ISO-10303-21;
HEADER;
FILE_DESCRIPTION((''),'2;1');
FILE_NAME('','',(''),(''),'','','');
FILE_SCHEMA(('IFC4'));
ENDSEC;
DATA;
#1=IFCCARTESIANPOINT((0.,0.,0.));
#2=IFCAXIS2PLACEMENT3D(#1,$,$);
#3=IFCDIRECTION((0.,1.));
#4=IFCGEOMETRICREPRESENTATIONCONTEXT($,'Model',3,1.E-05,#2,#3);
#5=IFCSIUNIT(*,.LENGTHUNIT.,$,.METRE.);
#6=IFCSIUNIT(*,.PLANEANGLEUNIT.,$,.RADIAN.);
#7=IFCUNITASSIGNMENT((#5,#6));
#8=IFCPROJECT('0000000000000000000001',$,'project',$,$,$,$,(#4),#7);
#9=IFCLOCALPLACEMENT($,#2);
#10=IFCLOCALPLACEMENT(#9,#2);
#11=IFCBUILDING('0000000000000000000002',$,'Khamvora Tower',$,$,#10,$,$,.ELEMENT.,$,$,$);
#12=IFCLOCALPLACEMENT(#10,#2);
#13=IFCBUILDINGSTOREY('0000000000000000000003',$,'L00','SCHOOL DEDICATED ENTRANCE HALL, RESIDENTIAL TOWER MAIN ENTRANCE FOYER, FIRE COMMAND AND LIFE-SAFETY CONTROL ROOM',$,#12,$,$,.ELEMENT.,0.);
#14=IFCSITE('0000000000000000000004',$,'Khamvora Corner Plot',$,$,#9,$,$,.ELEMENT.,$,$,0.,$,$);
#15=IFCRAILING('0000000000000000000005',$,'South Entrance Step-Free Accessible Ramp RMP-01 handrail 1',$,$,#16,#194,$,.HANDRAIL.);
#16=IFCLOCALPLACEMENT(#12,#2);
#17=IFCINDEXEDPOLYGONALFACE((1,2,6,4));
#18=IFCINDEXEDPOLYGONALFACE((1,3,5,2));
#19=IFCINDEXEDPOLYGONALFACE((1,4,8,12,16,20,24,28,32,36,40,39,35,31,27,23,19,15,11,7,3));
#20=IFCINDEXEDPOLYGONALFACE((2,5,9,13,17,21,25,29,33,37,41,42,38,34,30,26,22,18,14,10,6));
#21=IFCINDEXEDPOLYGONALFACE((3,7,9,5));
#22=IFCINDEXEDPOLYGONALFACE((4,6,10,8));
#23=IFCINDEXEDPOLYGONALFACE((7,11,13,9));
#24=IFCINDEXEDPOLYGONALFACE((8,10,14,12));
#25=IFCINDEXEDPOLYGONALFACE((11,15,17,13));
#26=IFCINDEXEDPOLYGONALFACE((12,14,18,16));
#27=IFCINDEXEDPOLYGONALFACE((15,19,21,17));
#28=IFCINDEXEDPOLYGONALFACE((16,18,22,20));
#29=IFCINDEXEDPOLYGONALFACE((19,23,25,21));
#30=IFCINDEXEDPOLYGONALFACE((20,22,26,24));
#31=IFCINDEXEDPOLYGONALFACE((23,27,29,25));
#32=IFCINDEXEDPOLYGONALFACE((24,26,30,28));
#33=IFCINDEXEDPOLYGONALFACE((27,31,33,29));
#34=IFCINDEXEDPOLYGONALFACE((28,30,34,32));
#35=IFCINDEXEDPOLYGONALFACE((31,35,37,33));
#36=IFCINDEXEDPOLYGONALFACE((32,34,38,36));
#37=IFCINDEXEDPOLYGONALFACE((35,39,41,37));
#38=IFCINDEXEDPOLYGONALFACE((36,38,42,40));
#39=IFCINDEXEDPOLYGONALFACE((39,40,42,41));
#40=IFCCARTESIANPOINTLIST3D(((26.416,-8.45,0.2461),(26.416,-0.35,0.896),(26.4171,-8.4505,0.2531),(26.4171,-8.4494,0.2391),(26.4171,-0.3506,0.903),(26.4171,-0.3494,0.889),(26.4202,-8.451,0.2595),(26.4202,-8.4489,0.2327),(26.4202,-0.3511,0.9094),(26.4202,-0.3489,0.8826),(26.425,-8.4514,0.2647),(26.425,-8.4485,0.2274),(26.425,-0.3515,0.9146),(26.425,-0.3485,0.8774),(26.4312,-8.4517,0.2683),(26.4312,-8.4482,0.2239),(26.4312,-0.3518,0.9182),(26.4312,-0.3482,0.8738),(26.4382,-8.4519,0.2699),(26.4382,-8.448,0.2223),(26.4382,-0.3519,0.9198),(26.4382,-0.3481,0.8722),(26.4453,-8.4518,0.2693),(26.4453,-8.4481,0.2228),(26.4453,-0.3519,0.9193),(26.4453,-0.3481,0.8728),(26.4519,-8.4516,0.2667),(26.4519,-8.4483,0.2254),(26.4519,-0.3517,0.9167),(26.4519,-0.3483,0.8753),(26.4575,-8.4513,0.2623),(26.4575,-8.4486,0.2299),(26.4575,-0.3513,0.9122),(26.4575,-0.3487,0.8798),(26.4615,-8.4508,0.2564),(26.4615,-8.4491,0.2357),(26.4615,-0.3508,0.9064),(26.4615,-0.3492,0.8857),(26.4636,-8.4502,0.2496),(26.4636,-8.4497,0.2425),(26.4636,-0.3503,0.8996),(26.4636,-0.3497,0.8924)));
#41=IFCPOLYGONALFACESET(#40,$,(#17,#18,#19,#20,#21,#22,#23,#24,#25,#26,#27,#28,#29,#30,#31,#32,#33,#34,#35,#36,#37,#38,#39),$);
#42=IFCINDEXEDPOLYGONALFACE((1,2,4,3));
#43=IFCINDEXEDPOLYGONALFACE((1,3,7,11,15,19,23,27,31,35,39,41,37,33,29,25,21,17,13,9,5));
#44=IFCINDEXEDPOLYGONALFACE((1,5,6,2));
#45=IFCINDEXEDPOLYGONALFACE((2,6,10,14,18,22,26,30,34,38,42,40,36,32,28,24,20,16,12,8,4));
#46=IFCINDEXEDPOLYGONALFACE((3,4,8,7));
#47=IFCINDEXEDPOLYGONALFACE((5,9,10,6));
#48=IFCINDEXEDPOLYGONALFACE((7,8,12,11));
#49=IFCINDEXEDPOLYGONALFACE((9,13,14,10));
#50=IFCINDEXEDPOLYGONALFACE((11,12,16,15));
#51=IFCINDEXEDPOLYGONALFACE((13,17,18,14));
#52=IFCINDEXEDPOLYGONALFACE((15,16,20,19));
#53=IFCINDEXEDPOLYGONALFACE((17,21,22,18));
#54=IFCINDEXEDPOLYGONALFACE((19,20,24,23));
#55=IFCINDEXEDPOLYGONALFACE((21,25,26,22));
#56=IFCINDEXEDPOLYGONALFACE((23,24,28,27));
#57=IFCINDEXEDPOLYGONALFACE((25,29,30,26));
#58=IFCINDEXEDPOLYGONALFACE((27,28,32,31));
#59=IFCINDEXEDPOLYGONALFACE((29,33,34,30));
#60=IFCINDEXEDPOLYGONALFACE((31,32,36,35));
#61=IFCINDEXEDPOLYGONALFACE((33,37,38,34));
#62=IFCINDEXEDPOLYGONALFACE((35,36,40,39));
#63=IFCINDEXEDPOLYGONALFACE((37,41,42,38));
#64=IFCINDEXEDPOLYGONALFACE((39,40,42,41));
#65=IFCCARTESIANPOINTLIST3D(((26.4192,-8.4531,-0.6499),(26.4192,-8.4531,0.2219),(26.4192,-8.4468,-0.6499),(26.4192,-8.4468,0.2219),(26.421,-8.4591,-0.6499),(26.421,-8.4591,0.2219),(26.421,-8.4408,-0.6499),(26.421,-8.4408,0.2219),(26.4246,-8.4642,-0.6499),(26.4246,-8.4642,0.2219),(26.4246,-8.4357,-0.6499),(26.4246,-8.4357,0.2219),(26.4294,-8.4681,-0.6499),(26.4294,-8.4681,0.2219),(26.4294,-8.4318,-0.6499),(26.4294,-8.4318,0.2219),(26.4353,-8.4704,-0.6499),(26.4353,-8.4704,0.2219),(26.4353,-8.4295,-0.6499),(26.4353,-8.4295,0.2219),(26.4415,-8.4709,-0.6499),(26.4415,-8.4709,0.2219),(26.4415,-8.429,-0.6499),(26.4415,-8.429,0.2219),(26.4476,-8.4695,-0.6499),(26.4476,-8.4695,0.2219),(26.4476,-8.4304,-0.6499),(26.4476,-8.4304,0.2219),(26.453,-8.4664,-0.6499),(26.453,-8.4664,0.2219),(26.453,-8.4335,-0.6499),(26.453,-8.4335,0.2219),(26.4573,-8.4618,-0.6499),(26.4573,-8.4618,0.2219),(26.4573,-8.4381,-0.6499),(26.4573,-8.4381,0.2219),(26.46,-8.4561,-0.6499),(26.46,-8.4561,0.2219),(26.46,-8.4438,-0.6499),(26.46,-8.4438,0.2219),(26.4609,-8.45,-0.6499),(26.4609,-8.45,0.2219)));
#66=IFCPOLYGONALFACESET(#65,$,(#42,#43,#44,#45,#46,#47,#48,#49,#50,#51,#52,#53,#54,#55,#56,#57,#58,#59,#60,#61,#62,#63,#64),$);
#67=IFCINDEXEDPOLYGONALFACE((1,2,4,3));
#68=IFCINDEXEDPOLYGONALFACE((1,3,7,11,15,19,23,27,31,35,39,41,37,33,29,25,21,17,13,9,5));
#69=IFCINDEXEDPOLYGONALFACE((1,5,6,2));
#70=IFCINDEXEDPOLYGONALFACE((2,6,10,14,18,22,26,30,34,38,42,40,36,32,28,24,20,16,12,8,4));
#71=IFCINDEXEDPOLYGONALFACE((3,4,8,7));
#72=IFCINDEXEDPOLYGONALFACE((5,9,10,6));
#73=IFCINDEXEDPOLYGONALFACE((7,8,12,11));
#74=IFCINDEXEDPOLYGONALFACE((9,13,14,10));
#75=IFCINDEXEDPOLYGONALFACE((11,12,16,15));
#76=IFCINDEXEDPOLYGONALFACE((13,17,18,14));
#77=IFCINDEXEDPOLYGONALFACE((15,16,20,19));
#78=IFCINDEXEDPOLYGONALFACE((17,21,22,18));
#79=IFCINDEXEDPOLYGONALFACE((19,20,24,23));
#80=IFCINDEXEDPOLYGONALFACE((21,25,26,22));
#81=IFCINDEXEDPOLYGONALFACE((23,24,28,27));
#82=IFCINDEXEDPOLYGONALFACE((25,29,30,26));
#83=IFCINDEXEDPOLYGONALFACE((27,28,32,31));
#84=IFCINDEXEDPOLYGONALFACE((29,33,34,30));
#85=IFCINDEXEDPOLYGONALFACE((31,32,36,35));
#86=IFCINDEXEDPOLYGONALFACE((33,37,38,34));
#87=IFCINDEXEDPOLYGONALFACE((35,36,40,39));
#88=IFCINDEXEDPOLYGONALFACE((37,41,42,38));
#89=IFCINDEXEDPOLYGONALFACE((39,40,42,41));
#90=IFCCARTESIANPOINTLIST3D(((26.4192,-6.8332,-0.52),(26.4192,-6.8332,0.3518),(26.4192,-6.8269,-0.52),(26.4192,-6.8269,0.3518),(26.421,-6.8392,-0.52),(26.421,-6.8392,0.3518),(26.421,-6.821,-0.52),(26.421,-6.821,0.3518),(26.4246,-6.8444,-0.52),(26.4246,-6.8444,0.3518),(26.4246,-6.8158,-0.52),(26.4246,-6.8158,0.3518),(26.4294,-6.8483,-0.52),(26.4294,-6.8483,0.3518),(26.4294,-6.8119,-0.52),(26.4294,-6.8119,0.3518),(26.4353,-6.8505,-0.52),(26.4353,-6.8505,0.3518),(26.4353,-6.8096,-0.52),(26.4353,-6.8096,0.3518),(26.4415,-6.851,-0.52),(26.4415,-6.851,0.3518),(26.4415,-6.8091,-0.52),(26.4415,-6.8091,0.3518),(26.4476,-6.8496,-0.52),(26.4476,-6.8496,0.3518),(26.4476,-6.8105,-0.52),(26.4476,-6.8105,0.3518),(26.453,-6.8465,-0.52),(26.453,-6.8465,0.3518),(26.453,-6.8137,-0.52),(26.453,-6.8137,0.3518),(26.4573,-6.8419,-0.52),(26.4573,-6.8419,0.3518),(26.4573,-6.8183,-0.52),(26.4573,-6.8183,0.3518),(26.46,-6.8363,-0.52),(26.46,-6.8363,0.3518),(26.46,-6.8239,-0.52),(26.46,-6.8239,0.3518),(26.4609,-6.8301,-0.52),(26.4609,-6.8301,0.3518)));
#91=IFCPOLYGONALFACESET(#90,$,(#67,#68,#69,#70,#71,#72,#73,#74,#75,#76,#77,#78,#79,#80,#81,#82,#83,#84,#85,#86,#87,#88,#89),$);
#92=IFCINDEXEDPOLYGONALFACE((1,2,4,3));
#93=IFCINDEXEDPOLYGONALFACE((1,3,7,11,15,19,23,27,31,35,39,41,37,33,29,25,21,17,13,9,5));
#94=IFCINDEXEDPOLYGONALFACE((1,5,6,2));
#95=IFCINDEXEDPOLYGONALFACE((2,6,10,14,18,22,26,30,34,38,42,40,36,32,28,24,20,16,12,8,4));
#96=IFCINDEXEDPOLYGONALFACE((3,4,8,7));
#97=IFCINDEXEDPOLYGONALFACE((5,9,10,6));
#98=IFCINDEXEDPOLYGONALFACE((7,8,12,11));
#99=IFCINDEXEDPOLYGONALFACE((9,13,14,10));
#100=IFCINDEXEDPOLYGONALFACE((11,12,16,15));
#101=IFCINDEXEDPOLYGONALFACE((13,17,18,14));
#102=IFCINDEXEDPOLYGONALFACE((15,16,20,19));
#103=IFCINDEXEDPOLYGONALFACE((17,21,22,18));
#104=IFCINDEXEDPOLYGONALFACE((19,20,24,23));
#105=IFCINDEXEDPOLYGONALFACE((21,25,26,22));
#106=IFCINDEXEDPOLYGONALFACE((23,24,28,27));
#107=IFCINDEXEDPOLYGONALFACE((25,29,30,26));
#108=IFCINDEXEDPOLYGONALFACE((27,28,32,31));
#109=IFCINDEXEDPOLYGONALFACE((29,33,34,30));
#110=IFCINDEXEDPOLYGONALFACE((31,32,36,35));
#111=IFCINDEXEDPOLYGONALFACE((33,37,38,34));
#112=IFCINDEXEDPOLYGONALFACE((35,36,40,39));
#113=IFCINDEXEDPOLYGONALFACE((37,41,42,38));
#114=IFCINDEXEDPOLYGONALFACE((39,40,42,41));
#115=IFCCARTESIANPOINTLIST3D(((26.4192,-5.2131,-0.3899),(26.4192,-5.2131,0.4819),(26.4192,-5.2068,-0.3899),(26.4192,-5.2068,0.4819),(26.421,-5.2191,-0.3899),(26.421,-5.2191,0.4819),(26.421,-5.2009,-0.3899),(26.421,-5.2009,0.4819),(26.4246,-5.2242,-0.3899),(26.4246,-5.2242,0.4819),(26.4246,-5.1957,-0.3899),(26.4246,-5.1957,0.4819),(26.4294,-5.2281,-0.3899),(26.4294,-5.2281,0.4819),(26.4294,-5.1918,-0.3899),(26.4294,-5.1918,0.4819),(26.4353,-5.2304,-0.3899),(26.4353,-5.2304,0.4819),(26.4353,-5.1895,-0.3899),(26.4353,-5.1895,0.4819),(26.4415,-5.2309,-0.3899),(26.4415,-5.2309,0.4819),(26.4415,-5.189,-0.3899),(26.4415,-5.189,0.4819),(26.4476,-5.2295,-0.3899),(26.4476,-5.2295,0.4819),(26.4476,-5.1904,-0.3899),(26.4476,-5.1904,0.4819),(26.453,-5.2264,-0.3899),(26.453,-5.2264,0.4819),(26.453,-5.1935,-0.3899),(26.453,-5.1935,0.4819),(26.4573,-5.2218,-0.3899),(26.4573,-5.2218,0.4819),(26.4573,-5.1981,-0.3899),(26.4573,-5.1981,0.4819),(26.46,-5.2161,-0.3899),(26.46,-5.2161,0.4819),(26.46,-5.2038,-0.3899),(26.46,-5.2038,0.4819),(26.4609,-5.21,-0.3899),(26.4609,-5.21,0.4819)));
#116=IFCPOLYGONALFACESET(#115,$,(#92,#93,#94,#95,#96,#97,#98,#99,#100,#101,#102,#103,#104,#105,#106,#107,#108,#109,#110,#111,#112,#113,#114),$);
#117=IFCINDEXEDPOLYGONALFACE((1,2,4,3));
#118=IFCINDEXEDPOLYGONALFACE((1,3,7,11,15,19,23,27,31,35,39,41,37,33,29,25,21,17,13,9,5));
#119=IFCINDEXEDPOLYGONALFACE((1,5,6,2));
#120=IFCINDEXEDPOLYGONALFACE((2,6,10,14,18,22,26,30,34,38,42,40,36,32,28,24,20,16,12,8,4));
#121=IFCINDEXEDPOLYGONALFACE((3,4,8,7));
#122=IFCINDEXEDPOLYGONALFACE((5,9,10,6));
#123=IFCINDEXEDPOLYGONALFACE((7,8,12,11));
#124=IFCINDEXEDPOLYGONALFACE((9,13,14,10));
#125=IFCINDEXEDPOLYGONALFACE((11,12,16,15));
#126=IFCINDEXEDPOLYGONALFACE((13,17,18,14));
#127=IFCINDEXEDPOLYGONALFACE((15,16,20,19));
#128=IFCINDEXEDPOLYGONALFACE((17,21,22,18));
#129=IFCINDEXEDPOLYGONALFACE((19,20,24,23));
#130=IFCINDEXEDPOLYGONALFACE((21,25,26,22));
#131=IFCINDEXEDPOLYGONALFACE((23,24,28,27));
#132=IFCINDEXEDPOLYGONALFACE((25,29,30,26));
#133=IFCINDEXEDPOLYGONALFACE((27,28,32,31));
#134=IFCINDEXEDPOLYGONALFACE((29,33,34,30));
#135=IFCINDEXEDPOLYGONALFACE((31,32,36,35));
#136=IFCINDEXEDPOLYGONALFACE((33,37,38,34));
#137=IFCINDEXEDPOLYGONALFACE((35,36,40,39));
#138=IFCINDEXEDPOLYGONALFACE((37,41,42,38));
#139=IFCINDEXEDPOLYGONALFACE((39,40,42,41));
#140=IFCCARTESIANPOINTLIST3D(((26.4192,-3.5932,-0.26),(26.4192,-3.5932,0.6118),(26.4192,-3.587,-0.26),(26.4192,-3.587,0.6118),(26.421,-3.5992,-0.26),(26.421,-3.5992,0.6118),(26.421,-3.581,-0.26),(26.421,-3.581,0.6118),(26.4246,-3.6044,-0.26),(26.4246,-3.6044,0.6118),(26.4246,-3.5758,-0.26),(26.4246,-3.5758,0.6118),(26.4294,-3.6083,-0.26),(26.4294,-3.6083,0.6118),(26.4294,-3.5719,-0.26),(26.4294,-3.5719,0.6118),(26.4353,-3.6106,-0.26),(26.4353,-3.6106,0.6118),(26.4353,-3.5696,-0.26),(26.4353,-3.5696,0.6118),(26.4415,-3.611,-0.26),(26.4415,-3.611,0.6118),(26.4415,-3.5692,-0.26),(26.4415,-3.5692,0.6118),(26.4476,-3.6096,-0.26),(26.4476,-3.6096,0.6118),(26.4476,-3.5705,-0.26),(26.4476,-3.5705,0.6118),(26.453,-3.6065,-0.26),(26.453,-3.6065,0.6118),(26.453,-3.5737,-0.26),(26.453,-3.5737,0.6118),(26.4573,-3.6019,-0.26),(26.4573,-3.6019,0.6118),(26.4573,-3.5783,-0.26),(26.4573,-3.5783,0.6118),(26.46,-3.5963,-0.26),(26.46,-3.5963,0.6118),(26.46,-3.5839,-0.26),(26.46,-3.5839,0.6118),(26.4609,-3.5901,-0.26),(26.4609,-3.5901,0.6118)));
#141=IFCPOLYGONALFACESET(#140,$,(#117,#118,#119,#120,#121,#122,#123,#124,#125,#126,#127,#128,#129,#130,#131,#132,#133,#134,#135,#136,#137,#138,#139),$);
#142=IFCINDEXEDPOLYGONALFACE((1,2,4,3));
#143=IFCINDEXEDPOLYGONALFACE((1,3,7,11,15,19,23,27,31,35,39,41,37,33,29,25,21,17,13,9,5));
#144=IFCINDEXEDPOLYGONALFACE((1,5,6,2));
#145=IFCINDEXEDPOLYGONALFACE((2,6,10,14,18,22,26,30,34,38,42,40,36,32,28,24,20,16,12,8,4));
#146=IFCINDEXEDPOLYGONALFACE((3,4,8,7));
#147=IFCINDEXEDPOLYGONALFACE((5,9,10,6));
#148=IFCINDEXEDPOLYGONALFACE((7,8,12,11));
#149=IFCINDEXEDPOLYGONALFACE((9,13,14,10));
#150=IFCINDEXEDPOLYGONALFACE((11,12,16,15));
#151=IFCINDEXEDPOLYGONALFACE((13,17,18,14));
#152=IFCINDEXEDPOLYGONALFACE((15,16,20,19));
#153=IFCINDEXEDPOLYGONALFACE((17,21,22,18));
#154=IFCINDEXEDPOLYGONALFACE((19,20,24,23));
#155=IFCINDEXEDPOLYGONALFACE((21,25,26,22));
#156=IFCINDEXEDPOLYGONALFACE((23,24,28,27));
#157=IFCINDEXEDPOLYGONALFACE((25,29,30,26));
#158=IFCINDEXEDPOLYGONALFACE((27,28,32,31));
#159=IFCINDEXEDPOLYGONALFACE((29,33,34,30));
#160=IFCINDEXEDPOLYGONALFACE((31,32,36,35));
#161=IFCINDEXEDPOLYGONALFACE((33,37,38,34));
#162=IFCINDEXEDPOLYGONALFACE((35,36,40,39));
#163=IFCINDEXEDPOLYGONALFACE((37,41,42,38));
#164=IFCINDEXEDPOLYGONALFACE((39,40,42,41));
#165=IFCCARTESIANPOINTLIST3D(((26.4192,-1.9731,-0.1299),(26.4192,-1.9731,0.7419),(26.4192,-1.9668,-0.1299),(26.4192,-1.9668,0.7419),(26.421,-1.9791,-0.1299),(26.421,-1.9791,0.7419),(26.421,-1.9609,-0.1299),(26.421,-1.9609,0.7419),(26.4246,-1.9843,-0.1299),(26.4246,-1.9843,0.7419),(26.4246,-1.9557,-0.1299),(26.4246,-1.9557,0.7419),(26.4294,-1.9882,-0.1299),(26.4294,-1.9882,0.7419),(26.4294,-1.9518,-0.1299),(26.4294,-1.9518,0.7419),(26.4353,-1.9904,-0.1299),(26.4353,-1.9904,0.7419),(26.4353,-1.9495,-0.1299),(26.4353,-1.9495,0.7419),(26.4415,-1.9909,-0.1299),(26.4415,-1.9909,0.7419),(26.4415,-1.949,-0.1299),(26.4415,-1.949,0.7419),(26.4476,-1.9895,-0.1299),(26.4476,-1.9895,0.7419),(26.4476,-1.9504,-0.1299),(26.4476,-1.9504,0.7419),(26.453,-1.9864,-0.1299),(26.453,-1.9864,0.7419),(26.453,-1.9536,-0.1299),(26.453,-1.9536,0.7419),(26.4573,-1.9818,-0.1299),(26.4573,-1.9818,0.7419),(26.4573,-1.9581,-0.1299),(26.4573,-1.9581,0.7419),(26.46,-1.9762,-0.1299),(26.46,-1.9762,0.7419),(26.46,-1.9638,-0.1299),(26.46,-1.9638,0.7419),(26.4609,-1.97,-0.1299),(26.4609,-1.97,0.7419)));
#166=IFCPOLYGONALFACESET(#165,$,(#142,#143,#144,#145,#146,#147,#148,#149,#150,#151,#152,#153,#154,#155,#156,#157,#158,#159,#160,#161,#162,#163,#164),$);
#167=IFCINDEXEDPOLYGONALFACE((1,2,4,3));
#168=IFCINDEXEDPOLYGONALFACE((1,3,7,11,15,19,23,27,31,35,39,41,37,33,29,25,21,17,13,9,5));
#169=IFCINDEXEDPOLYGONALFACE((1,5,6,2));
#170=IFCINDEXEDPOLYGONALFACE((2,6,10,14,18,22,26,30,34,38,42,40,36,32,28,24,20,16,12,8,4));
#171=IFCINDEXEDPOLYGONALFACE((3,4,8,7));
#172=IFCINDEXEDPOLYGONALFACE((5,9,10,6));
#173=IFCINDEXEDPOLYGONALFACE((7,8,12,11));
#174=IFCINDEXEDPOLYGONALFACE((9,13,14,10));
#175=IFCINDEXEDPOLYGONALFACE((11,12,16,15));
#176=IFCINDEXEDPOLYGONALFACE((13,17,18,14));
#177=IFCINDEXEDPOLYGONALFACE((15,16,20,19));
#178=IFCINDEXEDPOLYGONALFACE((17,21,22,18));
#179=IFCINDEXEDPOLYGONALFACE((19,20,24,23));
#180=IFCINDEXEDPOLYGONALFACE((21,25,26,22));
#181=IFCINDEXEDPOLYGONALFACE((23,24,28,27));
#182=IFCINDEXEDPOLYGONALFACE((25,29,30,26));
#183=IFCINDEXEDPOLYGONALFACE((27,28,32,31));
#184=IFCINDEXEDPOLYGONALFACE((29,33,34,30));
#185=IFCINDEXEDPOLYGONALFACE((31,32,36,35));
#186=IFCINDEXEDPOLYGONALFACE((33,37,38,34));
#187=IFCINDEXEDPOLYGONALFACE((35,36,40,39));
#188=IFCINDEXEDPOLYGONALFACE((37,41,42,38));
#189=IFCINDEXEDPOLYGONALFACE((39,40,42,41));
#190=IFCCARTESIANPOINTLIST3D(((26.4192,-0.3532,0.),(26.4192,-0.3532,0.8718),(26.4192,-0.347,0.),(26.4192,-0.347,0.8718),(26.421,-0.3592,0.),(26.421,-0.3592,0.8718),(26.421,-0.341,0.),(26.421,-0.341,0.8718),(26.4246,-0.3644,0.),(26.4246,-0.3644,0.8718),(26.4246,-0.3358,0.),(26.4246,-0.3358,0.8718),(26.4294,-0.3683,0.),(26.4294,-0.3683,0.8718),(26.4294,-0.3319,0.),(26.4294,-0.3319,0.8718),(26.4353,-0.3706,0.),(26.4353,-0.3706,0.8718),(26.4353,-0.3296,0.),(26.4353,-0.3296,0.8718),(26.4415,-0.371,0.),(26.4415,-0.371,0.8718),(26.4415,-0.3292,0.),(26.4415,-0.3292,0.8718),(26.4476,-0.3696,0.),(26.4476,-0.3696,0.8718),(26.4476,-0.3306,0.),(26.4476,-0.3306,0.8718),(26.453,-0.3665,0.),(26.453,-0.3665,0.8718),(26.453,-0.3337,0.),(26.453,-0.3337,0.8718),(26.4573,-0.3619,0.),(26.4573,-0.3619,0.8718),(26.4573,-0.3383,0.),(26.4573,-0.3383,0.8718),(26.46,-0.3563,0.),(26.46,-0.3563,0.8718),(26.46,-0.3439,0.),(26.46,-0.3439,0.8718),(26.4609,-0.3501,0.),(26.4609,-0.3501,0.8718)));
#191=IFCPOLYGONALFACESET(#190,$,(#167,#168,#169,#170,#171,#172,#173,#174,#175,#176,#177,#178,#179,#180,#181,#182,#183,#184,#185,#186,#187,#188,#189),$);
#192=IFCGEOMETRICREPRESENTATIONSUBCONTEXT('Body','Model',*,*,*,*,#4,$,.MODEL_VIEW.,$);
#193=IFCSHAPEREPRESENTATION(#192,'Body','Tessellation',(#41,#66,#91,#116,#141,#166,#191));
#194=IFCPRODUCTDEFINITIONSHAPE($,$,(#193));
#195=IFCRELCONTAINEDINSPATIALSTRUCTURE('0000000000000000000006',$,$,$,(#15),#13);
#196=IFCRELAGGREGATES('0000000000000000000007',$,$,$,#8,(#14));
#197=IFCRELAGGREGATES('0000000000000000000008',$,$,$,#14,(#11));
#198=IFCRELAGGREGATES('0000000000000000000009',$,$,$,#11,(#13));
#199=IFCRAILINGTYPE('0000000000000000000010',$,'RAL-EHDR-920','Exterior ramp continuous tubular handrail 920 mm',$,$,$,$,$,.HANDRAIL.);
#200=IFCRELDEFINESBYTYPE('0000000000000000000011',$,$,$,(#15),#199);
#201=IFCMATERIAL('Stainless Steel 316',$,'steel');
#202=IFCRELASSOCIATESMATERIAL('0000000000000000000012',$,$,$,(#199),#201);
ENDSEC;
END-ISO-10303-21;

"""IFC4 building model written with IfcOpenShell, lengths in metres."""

from ifc_helpers import new_model, si_unit, direction, frame, origin, origin_2d, place, context, subcontext, project, spatial, circle, extrude, material, type_object, element, save


model = new_model("IFC4")

# Units and contexts
model_context = context("Model", 3, precision=1e-05, world=origin(), true_north=direction((0.0, 1.0)))
body_context = subcontext(model_context, "Body", "Model", "MODEL_VIEW")
ifc_project = project(units=[si_unit("LENGTHUNIT", "METRE"), si_unit("PLANEANGLEUNIT", "RADIAN")], contexts=[model_context])

# Site, building, storey
site_placement = place(None, origin())
site = spatial("IfcSite", under=ifc_project, at=site_placement, Name="Khamvora Corner Plot", CompositionType="ELEMENT", RefElevation=0.0)
building_placement = place(site_placement, origin())
building = spatial("IfcBuilding", under=site, at=building_placement, Name="Khamvora Tower", CompositionType="ELEMENT")
storey_placement = place(building_placement, origin())
storey = spatial("IfcBuildingStorey", under=building, at=storey_placement, Name="L00", Description="SCHOOL DEDICATED ENTRANCE HALL, RESIDENTIAL TOWER MAIN ENTRANCE FOYER, FIRE COMMAND AND LIFE-SAFETY CONTROL ROOM", CompositionType="ELEMENT", Elevation=0.0)

# Railing
ifc_material_1 = material(Name="Stainless Steel 316", Category="steel")
railing_type = type_object("IfcRailingType", Name="RAL-EHDR-920", Description="Exterior ramp continuous tubular handrail 920 mm", PredefinedType="HANDRAIL", material=ifc_material_1)
railing_placement = place(storey_placement, frame((26.4399, -8.45, -0.6499)))
element("IfcRailing", 1, at=railing_placement, inside=storey, type_object=railing_type, Name="South Entrance Step-Free Accessible Ramp RMP-01 handrail 1", PredefinedType="HANDRAIL", context=body_context, shape_type="SweptSolid", body=[
    extrude(circle(Radius=0.0239, at=origin_2d()), frame((0.0, 0.0, 0.896), z_axis=(0.0, 0.996797, 0.079979), x_axis=(-1.0, 0.0, 0.0)), (0.0, 0.0, 1.0), 8.126),
    extrude(circle(Radius=0.021, at=origin_2d()), origin(), (0.0, 0.0, 1.0), 0.8718),
    extrude(circle(Radius=0.021, at=origin_2d()), frame((0.0, 1.6199, 0.1299)), (0.0, 0.0, 1.0), 0.8718),
    extrude(circle(Radius=0.021, at=origin_2d()), frame((0.0, 3.24, 0.26)), (0.0, 0.0, 1.0), 0.8718),
    extrude(circle(Radius=0.021, at=origin_2d()), frame((0.0, 4.8599, 0.3899)), (0.0, 0.0, 1.0), 0.8718),
    extrude(circle(Radius=0.021, at=origin_2d()), frame((0.0, 6.48, 0.52)), (0.0, 0.0, 1.0), 0.8718),
    extrude(circle(Radius=0.021, at=origin_2d()), frame((0.0, 8.0999, 0.6499)), (0.0, 0.0, 1.0), 0.8718),
])

save(model, "model.ifc")
